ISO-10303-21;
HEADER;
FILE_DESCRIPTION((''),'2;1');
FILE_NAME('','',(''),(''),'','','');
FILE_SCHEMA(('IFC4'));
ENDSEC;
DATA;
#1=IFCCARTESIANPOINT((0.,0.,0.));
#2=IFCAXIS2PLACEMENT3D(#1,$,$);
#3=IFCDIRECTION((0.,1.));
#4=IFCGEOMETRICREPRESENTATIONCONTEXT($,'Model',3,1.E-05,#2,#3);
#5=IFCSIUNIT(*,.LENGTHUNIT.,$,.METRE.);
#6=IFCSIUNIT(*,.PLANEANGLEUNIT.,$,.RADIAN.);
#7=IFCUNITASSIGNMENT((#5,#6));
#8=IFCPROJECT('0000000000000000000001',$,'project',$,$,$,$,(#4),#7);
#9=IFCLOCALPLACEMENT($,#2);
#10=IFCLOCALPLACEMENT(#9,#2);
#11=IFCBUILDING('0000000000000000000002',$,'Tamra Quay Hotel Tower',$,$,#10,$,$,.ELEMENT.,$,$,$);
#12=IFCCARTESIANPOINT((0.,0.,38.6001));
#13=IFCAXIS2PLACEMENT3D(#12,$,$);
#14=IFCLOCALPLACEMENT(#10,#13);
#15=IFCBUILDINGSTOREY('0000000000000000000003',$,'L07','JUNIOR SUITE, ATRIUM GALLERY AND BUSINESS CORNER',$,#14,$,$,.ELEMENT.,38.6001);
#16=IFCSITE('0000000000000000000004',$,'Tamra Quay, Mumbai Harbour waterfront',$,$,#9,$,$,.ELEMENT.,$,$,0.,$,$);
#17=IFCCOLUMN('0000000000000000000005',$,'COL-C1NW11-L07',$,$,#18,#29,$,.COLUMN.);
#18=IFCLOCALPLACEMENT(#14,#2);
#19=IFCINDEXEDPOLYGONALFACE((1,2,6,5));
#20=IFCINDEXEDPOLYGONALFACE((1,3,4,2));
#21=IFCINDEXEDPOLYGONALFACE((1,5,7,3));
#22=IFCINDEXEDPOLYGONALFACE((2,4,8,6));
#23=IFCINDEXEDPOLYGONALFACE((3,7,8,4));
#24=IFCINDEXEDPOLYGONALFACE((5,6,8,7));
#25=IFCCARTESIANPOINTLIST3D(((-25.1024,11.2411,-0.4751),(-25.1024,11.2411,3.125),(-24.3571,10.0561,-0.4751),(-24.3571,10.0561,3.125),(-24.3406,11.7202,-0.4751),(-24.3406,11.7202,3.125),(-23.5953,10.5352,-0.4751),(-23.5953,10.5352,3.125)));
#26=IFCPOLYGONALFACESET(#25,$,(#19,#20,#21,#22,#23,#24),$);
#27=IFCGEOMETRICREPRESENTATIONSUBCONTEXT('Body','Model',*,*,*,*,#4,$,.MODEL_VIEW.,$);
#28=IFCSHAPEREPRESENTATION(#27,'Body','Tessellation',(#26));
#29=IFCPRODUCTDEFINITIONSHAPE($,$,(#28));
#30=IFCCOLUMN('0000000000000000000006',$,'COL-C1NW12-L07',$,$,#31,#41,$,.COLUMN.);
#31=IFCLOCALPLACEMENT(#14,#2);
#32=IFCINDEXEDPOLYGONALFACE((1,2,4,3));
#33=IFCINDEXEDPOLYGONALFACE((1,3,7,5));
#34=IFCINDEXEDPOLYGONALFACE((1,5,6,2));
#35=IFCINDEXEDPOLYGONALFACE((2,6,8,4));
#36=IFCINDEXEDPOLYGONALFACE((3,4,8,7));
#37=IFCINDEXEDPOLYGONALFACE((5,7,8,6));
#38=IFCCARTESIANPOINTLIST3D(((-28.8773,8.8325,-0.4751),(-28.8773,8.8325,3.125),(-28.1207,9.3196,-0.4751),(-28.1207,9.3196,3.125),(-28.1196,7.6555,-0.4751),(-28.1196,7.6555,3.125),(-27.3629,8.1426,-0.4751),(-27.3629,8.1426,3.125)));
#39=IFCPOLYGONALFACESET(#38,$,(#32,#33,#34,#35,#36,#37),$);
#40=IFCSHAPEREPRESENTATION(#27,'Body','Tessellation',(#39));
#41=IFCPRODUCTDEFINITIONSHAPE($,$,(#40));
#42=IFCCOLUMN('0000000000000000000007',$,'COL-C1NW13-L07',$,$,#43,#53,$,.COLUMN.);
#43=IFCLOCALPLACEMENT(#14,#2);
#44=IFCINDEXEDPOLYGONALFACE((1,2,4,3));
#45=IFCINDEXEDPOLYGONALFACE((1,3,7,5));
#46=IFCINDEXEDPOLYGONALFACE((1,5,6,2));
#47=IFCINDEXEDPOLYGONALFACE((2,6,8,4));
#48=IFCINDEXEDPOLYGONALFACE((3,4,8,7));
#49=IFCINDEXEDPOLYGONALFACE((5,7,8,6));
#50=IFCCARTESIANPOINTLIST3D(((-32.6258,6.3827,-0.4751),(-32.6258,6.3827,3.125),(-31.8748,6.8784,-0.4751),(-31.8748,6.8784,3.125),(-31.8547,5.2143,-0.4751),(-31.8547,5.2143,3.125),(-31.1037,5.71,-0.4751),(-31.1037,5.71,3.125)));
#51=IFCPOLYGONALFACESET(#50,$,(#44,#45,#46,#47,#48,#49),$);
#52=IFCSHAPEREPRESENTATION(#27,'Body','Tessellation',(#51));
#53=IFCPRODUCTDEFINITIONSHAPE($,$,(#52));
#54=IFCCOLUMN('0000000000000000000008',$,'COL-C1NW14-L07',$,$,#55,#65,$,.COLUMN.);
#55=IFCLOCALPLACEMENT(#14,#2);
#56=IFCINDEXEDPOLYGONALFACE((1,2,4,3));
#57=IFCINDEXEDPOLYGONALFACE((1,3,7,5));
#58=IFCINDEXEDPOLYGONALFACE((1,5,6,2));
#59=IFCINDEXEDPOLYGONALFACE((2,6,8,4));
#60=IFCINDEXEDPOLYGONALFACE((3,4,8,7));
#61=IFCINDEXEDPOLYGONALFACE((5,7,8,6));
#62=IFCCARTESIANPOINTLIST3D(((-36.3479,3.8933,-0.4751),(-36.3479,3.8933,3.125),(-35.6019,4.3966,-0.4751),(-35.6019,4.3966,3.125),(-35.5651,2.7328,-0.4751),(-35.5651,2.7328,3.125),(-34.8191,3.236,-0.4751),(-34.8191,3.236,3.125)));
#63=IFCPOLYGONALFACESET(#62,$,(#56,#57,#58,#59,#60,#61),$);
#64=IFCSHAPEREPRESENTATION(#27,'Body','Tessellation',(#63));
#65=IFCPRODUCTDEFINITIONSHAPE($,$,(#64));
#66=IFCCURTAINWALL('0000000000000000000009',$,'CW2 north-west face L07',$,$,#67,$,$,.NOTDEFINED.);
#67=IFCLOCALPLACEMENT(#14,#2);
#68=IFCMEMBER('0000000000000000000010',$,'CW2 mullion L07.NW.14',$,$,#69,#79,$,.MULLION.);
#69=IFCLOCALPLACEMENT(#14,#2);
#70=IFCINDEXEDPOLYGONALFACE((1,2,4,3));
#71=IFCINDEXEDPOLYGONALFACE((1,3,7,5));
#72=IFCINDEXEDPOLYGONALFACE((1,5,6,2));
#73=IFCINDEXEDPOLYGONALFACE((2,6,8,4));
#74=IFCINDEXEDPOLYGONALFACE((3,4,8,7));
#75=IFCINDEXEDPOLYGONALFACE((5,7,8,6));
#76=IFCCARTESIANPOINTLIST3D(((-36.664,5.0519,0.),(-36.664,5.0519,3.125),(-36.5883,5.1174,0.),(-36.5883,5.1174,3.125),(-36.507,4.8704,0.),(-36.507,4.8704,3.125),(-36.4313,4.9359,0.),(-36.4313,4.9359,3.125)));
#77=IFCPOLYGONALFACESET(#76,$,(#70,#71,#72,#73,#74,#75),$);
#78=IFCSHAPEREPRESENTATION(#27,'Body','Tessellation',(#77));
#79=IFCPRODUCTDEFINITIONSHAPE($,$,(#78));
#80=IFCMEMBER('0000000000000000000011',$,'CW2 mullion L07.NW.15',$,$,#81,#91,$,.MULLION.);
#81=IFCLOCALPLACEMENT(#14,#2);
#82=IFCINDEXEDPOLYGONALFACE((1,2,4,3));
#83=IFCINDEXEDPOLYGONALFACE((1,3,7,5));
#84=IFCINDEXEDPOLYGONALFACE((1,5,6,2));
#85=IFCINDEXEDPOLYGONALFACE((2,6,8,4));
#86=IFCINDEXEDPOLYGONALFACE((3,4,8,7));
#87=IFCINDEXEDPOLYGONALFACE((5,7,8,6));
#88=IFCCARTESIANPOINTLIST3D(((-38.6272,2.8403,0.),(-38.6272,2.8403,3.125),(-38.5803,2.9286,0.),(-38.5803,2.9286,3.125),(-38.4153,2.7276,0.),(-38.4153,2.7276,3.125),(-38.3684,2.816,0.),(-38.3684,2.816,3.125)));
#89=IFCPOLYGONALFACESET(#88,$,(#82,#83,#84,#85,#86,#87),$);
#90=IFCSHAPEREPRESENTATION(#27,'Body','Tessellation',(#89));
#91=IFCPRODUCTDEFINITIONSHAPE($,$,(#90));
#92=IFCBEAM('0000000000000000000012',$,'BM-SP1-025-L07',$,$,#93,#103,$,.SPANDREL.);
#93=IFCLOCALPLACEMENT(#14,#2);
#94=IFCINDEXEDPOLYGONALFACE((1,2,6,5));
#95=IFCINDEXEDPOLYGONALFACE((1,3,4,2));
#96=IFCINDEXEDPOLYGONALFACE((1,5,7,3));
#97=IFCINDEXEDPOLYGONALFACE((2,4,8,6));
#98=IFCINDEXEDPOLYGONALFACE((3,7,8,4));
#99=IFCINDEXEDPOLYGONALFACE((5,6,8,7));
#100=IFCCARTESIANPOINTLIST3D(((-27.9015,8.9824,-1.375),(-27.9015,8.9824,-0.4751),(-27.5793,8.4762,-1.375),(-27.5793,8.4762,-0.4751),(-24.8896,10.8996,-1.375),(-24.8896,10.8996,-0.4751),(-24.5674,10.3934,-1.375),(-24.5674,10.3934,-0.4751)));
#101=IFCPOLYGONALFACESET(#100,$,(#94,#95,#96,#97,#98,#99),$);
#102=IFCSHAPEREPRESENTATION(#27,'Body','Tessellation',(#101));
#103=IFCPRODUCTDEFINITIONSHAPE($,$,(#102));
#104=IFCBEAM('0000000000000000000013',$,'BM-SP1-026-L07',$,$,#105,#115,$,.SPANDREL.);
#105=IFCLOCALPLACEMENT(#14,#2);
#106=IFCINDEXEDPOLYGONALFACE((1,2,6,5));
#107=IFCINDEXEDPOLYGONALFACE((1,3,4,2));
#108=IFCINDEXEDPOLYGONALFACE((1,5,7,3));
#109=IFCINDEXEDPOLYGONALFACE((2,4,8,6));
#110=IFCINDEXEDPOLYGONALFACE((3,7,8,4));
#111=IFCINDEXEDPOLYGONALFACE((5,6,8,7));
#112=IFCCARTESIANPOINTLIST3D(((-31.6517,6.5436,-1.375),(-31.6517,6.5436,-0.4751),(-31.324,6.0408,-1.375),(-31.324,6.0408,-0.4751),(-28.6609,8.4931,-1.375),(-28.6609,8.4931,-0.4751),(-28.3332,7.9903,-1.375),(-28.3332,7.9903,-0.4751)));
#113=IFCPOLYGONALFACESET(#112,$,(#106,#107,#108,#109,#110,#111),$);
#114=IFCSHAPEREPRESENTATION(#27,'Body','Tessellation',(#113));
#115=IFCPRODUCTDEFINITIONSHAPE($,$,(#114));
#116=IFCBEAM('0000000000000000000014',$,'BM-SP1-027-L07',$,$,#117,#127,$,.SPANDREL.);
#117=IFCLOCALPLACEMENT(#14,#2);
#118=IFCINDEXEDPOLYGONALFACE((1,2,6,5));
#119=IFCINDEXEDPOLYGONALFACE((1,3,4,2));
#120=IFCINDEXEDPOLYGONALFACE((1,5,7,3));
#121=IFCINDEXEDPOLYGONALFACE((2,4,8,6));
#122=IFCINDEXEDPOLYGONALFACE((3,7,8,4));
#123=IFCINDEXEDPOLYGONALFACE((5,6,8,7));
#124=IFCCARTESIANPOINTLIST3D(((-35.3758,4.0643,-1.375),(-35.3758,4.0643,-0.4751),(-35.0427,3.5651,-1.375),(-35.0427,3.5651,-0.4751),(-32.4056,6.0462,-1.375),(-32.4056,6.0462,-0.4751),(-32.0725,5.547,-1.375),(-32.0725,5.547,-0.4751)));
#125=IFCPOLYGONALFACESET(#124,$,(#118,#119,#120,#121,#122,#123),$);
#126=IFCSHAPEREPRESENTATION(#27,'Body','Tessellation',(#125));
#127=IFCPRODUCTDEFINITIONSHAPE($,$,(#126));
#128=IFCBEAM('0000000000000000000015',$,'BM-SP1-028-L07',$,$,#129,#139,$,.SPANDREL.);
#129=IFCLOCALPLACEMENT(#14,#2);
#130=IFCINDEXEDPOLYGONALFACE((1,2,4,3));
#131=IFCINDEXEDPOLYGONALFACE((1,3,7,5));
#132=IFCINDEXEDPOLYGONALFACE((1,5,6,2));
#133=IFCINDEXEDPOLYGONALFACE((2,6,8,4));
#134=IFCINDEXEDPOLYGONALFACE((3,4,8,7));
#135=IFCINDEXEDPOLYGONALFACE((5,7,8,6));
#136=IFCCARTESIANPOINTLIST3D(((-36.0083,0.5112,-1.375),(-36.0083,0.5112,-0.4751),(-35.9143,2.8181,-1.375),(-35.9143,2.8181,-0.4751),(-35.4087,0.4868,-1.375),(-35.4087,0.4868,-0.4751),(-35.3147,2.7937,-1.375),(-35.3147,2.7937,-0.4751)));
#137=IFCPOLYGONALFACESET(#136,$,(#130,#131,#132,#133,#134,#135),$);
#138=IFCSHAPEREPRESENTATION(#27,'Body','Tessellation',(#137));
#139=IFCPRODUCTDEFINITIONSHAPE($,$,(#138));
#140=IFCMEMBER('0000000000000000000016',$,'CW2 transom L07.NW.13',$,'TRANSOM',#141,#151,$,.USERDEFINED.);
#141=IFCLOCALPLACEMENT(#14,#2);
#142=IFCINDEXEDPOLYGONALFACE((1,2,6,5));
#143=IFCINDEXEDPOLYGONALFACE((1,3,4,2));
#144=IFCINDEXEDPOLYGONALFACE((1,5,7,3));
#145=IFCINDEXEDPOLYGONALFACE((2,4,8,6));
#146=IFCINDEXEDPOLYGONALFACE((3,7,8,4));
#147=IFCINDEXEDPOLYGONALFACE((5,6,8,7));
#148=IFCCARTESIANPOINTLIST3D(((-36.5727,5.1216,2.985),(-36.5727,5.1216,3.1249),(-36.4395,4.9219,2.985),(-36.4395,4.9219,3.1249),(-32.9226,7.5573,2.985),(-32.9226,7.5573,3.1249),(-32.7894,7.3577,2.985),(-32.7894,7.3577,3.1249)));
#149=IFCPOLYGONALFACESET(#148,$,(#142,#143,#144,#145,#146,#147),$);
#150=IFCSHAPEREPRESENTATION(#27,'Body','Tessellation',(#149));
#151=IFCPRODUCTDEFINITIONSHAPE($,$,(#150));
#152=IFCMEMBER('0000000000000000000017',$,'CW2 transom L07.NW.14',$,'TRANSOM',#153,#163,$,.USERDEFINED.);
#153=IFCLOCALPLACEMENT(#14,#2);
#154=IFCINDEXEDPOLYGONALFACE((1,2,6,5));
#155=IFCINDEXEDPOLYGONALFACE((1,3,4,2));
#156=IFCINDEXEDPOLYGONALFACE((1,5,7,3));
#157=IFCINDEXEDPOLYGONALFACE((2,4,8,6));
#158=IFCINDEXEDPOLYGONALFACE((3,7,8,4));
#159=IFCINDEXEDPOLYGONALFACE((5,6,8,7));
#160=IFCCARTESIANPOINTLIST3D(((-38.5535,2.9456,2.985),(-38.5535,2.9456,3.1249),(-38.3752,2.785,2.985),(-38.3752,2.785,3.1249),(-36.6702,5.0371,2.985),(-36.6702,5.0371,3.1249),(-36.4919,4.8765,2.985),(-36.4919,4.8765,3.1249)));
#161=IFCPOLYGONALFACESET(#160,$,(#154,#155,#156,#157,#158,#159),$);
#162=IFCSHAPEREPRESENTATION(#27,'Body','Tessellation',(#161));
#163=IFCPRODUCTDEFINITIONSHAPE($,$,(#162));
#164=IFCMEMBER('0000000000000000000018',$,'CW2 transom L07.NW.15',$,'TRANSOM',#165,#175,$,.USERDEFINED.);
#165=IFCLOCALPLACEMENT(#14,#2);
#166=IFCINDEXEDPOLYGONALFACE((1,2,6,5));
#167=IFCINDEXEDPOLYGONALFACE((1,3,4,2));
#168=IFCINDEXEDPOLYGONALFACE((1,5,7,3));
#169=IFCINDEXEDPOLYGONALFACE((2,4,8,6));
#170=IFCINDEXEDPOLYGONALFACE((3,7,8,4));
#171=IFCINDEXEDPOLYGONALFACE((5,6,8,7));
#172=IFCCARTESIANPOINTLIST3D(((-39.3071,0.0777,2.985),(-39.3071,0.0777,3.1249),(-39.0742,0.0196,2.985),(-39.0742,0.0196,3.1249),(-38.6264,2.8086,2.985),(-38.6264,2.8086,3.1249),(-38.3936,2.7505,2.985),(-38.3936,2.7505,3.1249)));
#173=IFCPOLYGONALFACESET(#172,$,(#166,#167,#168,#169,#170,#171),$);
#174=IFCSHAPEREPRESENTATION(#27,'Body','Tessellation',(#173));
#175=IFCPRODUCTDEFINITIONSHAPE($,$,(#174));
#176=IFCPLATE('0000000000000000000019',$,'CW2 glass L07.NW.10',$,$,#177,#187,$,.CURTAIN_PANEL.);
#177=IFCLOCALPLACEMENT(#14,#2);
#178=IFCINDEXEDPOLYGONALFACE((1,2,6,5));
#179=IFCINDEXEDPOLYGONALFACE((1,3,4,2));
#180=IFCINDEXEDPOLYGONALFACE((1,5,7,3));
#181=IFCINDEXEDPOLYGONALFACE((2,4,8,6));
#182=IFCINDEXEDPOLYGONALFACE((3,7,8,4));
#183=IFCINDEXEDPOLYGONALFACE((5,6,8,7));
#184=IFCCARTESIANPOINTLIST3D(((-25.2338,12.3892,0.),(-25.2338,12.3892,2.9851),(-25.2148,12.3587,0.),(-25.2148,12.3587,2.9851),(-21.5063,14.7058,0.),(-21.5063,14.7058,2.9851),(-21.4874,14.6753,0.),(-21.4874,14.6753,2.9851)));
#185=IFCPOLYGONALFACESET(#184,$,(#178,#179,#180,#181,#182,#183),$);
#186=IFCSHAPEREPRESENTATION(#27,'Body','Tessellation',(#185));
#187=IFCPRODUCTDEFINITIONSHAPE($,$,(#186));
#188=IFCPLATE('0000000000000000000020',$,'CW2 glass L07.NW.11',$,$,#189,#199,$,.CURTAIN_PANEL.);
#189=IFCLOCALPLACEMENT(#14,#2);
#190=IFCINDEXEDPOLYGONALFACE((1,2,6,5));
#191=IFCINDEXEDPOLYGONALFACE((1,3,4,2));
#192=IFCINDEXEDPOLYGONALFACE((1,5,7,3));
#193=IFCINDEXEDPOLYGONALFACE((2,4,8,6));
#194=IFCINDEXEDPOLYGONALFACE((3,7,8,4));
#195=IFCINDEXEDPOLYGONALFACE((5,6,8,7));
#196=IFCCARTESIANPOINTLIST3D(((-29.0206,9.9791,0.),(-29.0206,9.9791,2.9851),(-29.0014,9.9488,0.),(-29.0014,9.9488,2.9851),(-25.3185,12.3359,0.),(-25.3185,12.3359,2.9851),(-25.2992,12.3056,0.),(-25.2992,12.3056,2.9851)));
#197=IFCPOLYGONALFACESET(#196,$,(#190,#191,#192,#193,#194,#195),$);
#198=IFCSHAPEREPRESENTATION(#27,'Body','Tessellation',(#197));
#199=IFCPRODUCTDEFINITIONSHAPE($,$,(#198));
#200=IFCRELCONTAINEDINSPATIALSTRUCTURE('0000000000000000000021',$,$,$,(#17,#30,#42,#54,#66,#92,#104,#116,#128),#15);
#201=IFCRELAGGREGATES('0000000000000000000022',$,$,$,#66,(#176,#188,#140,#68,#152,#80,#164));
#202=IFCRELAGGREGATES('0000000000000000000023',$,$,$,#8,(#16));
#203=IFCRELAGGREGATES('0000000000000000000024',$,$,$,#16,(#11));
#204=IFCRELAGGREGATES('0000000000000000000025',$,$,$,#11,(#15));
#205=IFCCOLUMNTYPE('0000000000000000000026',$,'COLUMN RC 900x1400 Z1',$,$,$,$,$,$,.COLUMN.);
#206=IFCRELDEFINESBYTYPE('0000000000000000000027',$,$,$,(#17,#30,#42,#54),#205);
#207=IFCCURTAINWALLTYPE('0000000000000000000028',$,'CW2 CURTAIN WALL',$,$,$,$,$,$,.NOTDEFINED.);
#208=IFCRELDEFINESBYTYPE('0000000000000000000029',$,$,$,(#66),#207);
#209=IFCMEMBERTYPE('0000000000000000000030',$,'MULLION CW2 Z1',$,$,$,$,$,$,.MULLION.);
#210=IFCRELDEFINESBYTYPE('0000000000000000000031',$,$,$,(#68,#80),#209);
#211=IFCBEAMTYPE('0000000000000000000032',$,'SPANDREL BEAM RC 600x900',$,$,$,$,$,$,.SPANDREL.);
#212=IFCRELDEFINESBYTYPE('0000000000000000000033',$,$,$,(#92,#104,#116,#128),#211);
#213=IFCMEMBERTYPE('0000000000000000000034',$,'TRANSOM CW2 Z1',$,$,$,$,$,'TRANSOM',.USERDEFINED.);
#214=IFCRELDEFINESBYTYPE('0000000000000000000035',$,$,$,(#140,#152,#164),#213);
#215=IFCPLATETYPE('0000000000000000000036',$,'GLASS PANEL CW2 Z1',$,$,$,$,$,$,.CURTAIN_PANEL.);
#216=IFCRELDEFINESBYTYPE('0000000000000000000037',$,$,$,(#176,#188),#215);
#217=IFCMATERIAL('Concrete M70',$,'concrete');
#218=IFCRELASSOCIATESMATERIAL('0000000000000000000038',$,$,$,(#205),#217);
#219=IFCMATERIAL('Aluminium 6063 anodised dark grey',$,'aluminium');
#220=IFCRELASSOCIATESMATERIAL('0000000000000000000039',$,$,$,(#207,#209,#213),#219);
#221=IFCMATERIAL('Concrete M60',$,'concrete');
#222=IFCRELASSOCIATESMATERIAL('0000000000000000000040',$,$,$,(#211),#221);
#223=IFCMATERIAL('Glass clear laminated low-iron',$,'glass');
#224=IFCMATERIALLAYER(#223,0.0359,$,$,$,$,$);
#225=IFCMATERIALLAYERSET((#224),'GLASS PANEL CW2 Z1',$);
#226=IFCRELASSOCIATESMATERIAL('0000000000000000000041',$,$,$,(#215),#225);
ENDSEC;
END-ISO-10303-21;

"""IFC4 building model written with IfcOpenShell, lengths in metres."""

from ifc_helpers import new_model, si_unit, direction, frame, origin, origin_2d, place, context, subcontext, project, spatial, rectangle, extrude, material, layer, layer_set, material_profile, profile_set, type_object, element, aggregate, save


model = new_model("IFC4")

# Units and contexts
model_context = context("Model", 3, precision=1e-05, world=origin(), true_north=direction((0.0, 1.0)))
body_context = subcontext(model_context, "Body", "Model", "MODEL_VIEW")
ifc_project = project(units=[si_unit("LENGTHUNIT", "METRE"), si_unit("PLANEANGLEUNIT", "RADIAN")], contexts=[model_context])

# Site, building, storey
site_placement = place(None, origin())
site = spatial("IfcSite", under=ifc_project, at=site_placement, Name="Tamra Quay, Mumbai Harbour waterfront", CompositionType="ELEMENT", RefElevation=0.0)
building_placement = place(site_placement, origin())
building = spatial("IfcBuilding", under=site, at=building_placement, Name="Tamra Quay Hotel Tower", CompositionType="ELEMENT")
storey_placement = place(building_placement, frame((0.0, 0.0, 38.6001)))
storey = spatial("IfcBuildingStorey", under=building, at=storey_placement, Name="L07", Description="JUNIOR SUITE, ATRIUM GALLERY AND BUSINESS CORNER", CompositionType="ELEMENT", Elevation=38.6001)

# Columns
ifc_material_1 = material(Name="Concrete M70", Category="concrete")
ifc_material_profile_1 = material_profile(ifc_material_1, rectangle(XDim=1.3999, YDim=0.8999, at=origin_2d()), Name="COLUMN RC 900x1400 Z1")
ifc_profile_set_1 = profile_set([ifc_material_profile_1], Name="Concrete M70")
column_type = type_object("IfcColumnType", Name="COLUMN RC 900x1400 Z1", PredefinedType="COLUMN", material=ifc_profile_set_1)
for number, where, z_axis, x_axis, name in (
    (1, (-24.3489, 10.8882, -0.4751), (0.0, 0.0, 1.0), (-0.532389, 0.8465, 0.0), "COL-C1NW11-L07"),
    (2, (-28.1201, 8.4875, -0.4751), (0.0, 0.0, 1.0), (-0.541283, 0.840841, 0.0), "COL-C1NW12-L07"),
    (3, (-31.8647, 6.0464, -0.4751), (0.0, 0.0, 1.0), (-0.550838, 0.834612, 0.0), "COL-C1NW13-L07"),
    (4, (-35.5835, 3.5647, -0.4751), (0.0, 0.0, 1.0), (-0.55922, 0.829019, 0.0), "COL-C1NW14-L07"),
):
    element("IfcColumn", number, at=place(storey_placement, frame(where, z_axis=z_axis, x_axis=x_axis)), inside=storey, type_object=column_type, Name=name, PredefinedType="COLUMN", context=body_context, shape_type="SweptSolid", body=[
        extrude(rectangle(XDim=1.3999, YDim=0.8999, at=origin_2d()), origin(), (0.0, 0.0, 1.0), 3.6001),
    ])

# Curtain wall, members
ifc_material_2 = material(Name="Aluminium 6063 anodised dark grey", Category="aluminium")
curtain_wall_type = type_object("IfcCurtainWallType", Name="CW2 CURTAIN WALL", PredefinedType="NOTDEFINED", material=ifc_material_2)
curtain_wall_placement = place(storey_placement, origin())
curtain_wall = element("IfcCurtainWall", 5, at=curtain_wall_placement, inside=storey, type_object=curtain_wall_type, Name="CW2 north-west face L07", PredefinedType="NOTDEFINED")
ifc_material_profile_2 = material_profile(ifc_material_2, rectangle(XDim=0.24, YDim=0.1001, at=origin_2d()), Name="MULLION 100X240")
ifc_profile_set_2 = profile_set([ifc_material_profile_2], Name="Aluminium 6063 anodised dark grey")
member_type_1 = type_object("IfcMemberType", Name="MULLION CW2 Z1", PredefinedType="MULLION", material=ifc_profile_set_2)
member_1_placement = place(storey_placement, frame((-36.5476, 4.9939, 0.0), z_axis=(0.0, 0.0, 1.0), x_axis=(-0.654197, 0.756324, 0.0)))
member_1 = element("IfcMember", 6, at=member_1_placement, type_object=member_type_1, Name="CW2 mullion L07.NW.14", PredefinedType="MULLION", context=body_context, shape_type="SweptSolid", body=[
    extrude(rectangle(XDim=0.24, YDim=0.1001, at=origin_2d()), origin(), (0.0, 0.0, 1.0), 3.125),
])
member_2_placement = place(storey_placement, frame((-38.4978, 2.8281, 0.0), z_axis=(0.0, 0.0, 1.0), x_axis=(-0.882955, 0.469457, 0.0)))
member_2 = element("IfcMember", 7, at=member_2_placement, type_object=member_type_1, Name="CW2 mullion L07.NW.15", PredefinedType="MULLION", context=body_context, shape_type="SweptSolid", body=[
    extrude(rectangle(XDim=0.24, YDim=0.1001, at=origin_2d()), origin(), (0.0, 0.0, 1.0), 3.125),
])

# Beams
ifc_material_3 = material(Name="Concrete M60", Category="concrete")
ifc_material_profile_3 = material_profile(ifc_material_3, rectangle(XDim=0.6001, YDim=0.8999, at=origin_2d()), Name="SPANDREL BEAM RC 600x900")
ifc_profile_set_3 = profile_set([ifc_material_profile_3], Name="Concrete M60")
beam_type = type_object("IfcBeamType", Name="SPANDREL BEAM RC 600x900", PredefinedType="SPANDREL", material=ifc_profile_set_3)
beam_1_placement = place(storey_placement, frame((-24.7285, 10.6465, -0.925), z_axis=(-0.843594, -0.536982, 0.0), x_axis=(0.536982, -0.843594, 0.0)))
element("IfcBeam", 8, at=beam_1_placement, inside=storey, type_object=beam_type, Name="BM-SP1-025-L07", PredefinedType="SPANDREL", context=body_context, shape_type="SweptSolid", body=[
    extrude(rectangle(XDim=0.6001, YDim=0.8999, at=origin_2d()), origin(), (0.0, 0.0, 1.0), 3.5703),
])
beam_2_placement = place(storey_placement, frame((-28.4971, 8.2417, -0.925), z_axis=(-0.83774, -0.54607, 0.0), x_axis=(0.54607, -0.83774, 0.0)))
element("IfcBeam", 9, at=beam_2_placement, inside=storey, type_object=beam_type, Name="BM-SP1-026-L07", PredefinedType="SPANDREL", context=body_context, shape_type="SweptSolid", body=[
    extrude(rectangle(XDim=0.6001, YDim=0.8999, at=origin_2d()), origin(), (0.0, 0.0, 1.0), 3.5701),
])
beam_3_placement = place(storey_placement, frame((-32.239, 5.7966, -0.925), z_axis=(-0.831819, -0.555047, 0.0), x_axis=(0.555047, -0.831819, 0.0)))
element("IfcBeam", 10, at=beam_3_placement, inside=storey, type_object=beam_type, Name="BM-SP1-027-L07", PredefinedType="SPANDREL", context=body_context, shape_type="SweptSolid", body=[
    extrude(rectangle(XDim=0.6001, YDim=0.8999, at=origin_2d()), origin(), (0.0, 0.0, 1.0), 3.5708),
])
beam_4_placement = place(storey_placement, frame((-35.6145, 2.8059, -0.925), z_axis=(-0.040711, -0.999171, 0.0), x_axis=(0.999171, -0.040711, 0.0)))
element("IfcBeam", 11, at=beam_4_placement, inside=storey, type_object=beam_type, Name="BM-SP1-028-L07", PredefinedType="SPANDREL", context=body_context, shape_type="SweptSolid", body=[
    extrude(rectangle(XDim=0.6001, YDim=0.8999, at=origin_2d()), origin(), (0.0, 0.0, 1.0), 2.3088),
])

# Members
ifc_material_profile_4 = material_profile(ifc_material_2, rectangle(XDim=0.24, YDim=0.1399, at=origin_2d()), Name="TRANSOM 240X140")
ifc_profile_set_4 = profile_set([ifc_material_profile_4], Name="Aluminium 6063 anodised dark grey")
member_type_2 = type_object("IfcMemberType", Name="TRANSOM CW2 Z1", ElementType="TRANSOM", PredefinedType="USERDEFINED", material=ifc_profile_set_4)
member_3_placement = place(storey_placement, frame((-32.856, 7.4575, 3.0549), z_axis=(-0.831802, -0.555072, 0.0), x_axis=(0.555072, -0.831802, 0.0)))
member_3 = element("IfcMember", 12, at=member_3_placement, type_object=member_type_2, Name="CW2 transom L07.NW.13", ObjectType="TRANSOM", PredefinedType="USERDEFINED", context=body_context, shape_type="SweptSolid", body=[
    extrude(rectangle(XDim=0.24, YDim=0.1399, at=origin_2d()), origin(), (0.0, 0.0, 1.0), 4.3882),
])
member_4_placement = place(storey_placement, frame((-36.5811, 4.9568, 3.0549), z_axis=(-0.669142, -0.743135, 0.0), x_axis=(0.743135, -0.669142, 0.0)))
member_4 = element("IfcMember", 13, at=member_4_placement, type_object=member_type_2, Name="CW2 transom L07.NW.14", ObjectType="TRANSOM", PredefinedType="USERDEFINED", context=body_context, shape_type="SweptSolid", body=[
    extrude(rectangle(XDim=0.24, YDim=0.1399, at=origin_2d()), origin(), (0.0, 0.0, 1.0), 2.8145),
])
member_5_placement = place(storey_placement, frame((-38.51, 2.7795, 3.0549), z_axis=(-0.241842, -0.970316, 0.0), x_axis=(0.970316, -0.241842, 0.0)))
member_5 = element("IfcMember", 14, at=member_5_placement, type_object=member_type_2, Name="CW2 transom L07.NW.15", ObjectType="TRANSOM", PredefinedType="USERDEFINED", context=body_context, shape_type="SweptSolid", body=[
    extrude(rectangle(XDim=0.24, YDim=0.1399, at=origin_2d()), origin(), (0.0, 0.0, 1.0), 2.8145),
])

# Plates
ifc_material_4 = material(Name="Glass clear laminated low-iron", Category="glass")
ifc_layer_1 = layer(ifc_material_4, 0.0359)
ifc_layer_set_1 = layer_set([ifc_layer_1], Name="GLASS PANEL CW2 Z1")
plate_type = type_object("IfcPlateType", Name="GLASS PANEL CW2 Z1", PredefinedType="CURTAIN_PANEL", material=ifc_layer_set_1)
plate_1_placement = place(storey_placement, frame((-23.3606, 13.5322, 0.0), z_axis=(0.0, 0.0, 1.0), x_axis=(-0.849331, -0.52786, 0.0)))
plate_1 = element("IfcPlate", 15, at=plate_1_placement, type_object=plate_type, Name="CW2 glass L07.NW.10", PredefinedType="CURTAIN_PANEL", context=body_context, shape_type="SweptSolid", body=[
    extrude(rectangle(XDim=4.3887, YDim=0.0359, at=origin_2d()), origin(), (0.0, 0.0, 1.0), 2.9851),
])
plate_2_placement = place(storey_placement, frame((-27.1599, 11.1423, 0.0), z_axis=(0.0, 0.0, 1.0), x_axis=(-0.843571, -0.537018, 0.0)))
plate_2 = element("IfcPlate", 16, at=plate_2_placement, type_object=plate_type, Name="CW2 glass L07.NW.11", PredefinedType="CURTAIN_PANEL", context=body_context, shape_type="SweptSolid", body=[
    extrude(rectangle(XDim=4.3887, YDim=0.0359, at=origin_2d()), origin(), (0.0, 0.0, 1.0), 2.9851),
])
aggregate(curtain_wall, [plate_1, plate_2, member_3, member_1, member_4, member_2, member_5])

save(model, "model.ifc")
